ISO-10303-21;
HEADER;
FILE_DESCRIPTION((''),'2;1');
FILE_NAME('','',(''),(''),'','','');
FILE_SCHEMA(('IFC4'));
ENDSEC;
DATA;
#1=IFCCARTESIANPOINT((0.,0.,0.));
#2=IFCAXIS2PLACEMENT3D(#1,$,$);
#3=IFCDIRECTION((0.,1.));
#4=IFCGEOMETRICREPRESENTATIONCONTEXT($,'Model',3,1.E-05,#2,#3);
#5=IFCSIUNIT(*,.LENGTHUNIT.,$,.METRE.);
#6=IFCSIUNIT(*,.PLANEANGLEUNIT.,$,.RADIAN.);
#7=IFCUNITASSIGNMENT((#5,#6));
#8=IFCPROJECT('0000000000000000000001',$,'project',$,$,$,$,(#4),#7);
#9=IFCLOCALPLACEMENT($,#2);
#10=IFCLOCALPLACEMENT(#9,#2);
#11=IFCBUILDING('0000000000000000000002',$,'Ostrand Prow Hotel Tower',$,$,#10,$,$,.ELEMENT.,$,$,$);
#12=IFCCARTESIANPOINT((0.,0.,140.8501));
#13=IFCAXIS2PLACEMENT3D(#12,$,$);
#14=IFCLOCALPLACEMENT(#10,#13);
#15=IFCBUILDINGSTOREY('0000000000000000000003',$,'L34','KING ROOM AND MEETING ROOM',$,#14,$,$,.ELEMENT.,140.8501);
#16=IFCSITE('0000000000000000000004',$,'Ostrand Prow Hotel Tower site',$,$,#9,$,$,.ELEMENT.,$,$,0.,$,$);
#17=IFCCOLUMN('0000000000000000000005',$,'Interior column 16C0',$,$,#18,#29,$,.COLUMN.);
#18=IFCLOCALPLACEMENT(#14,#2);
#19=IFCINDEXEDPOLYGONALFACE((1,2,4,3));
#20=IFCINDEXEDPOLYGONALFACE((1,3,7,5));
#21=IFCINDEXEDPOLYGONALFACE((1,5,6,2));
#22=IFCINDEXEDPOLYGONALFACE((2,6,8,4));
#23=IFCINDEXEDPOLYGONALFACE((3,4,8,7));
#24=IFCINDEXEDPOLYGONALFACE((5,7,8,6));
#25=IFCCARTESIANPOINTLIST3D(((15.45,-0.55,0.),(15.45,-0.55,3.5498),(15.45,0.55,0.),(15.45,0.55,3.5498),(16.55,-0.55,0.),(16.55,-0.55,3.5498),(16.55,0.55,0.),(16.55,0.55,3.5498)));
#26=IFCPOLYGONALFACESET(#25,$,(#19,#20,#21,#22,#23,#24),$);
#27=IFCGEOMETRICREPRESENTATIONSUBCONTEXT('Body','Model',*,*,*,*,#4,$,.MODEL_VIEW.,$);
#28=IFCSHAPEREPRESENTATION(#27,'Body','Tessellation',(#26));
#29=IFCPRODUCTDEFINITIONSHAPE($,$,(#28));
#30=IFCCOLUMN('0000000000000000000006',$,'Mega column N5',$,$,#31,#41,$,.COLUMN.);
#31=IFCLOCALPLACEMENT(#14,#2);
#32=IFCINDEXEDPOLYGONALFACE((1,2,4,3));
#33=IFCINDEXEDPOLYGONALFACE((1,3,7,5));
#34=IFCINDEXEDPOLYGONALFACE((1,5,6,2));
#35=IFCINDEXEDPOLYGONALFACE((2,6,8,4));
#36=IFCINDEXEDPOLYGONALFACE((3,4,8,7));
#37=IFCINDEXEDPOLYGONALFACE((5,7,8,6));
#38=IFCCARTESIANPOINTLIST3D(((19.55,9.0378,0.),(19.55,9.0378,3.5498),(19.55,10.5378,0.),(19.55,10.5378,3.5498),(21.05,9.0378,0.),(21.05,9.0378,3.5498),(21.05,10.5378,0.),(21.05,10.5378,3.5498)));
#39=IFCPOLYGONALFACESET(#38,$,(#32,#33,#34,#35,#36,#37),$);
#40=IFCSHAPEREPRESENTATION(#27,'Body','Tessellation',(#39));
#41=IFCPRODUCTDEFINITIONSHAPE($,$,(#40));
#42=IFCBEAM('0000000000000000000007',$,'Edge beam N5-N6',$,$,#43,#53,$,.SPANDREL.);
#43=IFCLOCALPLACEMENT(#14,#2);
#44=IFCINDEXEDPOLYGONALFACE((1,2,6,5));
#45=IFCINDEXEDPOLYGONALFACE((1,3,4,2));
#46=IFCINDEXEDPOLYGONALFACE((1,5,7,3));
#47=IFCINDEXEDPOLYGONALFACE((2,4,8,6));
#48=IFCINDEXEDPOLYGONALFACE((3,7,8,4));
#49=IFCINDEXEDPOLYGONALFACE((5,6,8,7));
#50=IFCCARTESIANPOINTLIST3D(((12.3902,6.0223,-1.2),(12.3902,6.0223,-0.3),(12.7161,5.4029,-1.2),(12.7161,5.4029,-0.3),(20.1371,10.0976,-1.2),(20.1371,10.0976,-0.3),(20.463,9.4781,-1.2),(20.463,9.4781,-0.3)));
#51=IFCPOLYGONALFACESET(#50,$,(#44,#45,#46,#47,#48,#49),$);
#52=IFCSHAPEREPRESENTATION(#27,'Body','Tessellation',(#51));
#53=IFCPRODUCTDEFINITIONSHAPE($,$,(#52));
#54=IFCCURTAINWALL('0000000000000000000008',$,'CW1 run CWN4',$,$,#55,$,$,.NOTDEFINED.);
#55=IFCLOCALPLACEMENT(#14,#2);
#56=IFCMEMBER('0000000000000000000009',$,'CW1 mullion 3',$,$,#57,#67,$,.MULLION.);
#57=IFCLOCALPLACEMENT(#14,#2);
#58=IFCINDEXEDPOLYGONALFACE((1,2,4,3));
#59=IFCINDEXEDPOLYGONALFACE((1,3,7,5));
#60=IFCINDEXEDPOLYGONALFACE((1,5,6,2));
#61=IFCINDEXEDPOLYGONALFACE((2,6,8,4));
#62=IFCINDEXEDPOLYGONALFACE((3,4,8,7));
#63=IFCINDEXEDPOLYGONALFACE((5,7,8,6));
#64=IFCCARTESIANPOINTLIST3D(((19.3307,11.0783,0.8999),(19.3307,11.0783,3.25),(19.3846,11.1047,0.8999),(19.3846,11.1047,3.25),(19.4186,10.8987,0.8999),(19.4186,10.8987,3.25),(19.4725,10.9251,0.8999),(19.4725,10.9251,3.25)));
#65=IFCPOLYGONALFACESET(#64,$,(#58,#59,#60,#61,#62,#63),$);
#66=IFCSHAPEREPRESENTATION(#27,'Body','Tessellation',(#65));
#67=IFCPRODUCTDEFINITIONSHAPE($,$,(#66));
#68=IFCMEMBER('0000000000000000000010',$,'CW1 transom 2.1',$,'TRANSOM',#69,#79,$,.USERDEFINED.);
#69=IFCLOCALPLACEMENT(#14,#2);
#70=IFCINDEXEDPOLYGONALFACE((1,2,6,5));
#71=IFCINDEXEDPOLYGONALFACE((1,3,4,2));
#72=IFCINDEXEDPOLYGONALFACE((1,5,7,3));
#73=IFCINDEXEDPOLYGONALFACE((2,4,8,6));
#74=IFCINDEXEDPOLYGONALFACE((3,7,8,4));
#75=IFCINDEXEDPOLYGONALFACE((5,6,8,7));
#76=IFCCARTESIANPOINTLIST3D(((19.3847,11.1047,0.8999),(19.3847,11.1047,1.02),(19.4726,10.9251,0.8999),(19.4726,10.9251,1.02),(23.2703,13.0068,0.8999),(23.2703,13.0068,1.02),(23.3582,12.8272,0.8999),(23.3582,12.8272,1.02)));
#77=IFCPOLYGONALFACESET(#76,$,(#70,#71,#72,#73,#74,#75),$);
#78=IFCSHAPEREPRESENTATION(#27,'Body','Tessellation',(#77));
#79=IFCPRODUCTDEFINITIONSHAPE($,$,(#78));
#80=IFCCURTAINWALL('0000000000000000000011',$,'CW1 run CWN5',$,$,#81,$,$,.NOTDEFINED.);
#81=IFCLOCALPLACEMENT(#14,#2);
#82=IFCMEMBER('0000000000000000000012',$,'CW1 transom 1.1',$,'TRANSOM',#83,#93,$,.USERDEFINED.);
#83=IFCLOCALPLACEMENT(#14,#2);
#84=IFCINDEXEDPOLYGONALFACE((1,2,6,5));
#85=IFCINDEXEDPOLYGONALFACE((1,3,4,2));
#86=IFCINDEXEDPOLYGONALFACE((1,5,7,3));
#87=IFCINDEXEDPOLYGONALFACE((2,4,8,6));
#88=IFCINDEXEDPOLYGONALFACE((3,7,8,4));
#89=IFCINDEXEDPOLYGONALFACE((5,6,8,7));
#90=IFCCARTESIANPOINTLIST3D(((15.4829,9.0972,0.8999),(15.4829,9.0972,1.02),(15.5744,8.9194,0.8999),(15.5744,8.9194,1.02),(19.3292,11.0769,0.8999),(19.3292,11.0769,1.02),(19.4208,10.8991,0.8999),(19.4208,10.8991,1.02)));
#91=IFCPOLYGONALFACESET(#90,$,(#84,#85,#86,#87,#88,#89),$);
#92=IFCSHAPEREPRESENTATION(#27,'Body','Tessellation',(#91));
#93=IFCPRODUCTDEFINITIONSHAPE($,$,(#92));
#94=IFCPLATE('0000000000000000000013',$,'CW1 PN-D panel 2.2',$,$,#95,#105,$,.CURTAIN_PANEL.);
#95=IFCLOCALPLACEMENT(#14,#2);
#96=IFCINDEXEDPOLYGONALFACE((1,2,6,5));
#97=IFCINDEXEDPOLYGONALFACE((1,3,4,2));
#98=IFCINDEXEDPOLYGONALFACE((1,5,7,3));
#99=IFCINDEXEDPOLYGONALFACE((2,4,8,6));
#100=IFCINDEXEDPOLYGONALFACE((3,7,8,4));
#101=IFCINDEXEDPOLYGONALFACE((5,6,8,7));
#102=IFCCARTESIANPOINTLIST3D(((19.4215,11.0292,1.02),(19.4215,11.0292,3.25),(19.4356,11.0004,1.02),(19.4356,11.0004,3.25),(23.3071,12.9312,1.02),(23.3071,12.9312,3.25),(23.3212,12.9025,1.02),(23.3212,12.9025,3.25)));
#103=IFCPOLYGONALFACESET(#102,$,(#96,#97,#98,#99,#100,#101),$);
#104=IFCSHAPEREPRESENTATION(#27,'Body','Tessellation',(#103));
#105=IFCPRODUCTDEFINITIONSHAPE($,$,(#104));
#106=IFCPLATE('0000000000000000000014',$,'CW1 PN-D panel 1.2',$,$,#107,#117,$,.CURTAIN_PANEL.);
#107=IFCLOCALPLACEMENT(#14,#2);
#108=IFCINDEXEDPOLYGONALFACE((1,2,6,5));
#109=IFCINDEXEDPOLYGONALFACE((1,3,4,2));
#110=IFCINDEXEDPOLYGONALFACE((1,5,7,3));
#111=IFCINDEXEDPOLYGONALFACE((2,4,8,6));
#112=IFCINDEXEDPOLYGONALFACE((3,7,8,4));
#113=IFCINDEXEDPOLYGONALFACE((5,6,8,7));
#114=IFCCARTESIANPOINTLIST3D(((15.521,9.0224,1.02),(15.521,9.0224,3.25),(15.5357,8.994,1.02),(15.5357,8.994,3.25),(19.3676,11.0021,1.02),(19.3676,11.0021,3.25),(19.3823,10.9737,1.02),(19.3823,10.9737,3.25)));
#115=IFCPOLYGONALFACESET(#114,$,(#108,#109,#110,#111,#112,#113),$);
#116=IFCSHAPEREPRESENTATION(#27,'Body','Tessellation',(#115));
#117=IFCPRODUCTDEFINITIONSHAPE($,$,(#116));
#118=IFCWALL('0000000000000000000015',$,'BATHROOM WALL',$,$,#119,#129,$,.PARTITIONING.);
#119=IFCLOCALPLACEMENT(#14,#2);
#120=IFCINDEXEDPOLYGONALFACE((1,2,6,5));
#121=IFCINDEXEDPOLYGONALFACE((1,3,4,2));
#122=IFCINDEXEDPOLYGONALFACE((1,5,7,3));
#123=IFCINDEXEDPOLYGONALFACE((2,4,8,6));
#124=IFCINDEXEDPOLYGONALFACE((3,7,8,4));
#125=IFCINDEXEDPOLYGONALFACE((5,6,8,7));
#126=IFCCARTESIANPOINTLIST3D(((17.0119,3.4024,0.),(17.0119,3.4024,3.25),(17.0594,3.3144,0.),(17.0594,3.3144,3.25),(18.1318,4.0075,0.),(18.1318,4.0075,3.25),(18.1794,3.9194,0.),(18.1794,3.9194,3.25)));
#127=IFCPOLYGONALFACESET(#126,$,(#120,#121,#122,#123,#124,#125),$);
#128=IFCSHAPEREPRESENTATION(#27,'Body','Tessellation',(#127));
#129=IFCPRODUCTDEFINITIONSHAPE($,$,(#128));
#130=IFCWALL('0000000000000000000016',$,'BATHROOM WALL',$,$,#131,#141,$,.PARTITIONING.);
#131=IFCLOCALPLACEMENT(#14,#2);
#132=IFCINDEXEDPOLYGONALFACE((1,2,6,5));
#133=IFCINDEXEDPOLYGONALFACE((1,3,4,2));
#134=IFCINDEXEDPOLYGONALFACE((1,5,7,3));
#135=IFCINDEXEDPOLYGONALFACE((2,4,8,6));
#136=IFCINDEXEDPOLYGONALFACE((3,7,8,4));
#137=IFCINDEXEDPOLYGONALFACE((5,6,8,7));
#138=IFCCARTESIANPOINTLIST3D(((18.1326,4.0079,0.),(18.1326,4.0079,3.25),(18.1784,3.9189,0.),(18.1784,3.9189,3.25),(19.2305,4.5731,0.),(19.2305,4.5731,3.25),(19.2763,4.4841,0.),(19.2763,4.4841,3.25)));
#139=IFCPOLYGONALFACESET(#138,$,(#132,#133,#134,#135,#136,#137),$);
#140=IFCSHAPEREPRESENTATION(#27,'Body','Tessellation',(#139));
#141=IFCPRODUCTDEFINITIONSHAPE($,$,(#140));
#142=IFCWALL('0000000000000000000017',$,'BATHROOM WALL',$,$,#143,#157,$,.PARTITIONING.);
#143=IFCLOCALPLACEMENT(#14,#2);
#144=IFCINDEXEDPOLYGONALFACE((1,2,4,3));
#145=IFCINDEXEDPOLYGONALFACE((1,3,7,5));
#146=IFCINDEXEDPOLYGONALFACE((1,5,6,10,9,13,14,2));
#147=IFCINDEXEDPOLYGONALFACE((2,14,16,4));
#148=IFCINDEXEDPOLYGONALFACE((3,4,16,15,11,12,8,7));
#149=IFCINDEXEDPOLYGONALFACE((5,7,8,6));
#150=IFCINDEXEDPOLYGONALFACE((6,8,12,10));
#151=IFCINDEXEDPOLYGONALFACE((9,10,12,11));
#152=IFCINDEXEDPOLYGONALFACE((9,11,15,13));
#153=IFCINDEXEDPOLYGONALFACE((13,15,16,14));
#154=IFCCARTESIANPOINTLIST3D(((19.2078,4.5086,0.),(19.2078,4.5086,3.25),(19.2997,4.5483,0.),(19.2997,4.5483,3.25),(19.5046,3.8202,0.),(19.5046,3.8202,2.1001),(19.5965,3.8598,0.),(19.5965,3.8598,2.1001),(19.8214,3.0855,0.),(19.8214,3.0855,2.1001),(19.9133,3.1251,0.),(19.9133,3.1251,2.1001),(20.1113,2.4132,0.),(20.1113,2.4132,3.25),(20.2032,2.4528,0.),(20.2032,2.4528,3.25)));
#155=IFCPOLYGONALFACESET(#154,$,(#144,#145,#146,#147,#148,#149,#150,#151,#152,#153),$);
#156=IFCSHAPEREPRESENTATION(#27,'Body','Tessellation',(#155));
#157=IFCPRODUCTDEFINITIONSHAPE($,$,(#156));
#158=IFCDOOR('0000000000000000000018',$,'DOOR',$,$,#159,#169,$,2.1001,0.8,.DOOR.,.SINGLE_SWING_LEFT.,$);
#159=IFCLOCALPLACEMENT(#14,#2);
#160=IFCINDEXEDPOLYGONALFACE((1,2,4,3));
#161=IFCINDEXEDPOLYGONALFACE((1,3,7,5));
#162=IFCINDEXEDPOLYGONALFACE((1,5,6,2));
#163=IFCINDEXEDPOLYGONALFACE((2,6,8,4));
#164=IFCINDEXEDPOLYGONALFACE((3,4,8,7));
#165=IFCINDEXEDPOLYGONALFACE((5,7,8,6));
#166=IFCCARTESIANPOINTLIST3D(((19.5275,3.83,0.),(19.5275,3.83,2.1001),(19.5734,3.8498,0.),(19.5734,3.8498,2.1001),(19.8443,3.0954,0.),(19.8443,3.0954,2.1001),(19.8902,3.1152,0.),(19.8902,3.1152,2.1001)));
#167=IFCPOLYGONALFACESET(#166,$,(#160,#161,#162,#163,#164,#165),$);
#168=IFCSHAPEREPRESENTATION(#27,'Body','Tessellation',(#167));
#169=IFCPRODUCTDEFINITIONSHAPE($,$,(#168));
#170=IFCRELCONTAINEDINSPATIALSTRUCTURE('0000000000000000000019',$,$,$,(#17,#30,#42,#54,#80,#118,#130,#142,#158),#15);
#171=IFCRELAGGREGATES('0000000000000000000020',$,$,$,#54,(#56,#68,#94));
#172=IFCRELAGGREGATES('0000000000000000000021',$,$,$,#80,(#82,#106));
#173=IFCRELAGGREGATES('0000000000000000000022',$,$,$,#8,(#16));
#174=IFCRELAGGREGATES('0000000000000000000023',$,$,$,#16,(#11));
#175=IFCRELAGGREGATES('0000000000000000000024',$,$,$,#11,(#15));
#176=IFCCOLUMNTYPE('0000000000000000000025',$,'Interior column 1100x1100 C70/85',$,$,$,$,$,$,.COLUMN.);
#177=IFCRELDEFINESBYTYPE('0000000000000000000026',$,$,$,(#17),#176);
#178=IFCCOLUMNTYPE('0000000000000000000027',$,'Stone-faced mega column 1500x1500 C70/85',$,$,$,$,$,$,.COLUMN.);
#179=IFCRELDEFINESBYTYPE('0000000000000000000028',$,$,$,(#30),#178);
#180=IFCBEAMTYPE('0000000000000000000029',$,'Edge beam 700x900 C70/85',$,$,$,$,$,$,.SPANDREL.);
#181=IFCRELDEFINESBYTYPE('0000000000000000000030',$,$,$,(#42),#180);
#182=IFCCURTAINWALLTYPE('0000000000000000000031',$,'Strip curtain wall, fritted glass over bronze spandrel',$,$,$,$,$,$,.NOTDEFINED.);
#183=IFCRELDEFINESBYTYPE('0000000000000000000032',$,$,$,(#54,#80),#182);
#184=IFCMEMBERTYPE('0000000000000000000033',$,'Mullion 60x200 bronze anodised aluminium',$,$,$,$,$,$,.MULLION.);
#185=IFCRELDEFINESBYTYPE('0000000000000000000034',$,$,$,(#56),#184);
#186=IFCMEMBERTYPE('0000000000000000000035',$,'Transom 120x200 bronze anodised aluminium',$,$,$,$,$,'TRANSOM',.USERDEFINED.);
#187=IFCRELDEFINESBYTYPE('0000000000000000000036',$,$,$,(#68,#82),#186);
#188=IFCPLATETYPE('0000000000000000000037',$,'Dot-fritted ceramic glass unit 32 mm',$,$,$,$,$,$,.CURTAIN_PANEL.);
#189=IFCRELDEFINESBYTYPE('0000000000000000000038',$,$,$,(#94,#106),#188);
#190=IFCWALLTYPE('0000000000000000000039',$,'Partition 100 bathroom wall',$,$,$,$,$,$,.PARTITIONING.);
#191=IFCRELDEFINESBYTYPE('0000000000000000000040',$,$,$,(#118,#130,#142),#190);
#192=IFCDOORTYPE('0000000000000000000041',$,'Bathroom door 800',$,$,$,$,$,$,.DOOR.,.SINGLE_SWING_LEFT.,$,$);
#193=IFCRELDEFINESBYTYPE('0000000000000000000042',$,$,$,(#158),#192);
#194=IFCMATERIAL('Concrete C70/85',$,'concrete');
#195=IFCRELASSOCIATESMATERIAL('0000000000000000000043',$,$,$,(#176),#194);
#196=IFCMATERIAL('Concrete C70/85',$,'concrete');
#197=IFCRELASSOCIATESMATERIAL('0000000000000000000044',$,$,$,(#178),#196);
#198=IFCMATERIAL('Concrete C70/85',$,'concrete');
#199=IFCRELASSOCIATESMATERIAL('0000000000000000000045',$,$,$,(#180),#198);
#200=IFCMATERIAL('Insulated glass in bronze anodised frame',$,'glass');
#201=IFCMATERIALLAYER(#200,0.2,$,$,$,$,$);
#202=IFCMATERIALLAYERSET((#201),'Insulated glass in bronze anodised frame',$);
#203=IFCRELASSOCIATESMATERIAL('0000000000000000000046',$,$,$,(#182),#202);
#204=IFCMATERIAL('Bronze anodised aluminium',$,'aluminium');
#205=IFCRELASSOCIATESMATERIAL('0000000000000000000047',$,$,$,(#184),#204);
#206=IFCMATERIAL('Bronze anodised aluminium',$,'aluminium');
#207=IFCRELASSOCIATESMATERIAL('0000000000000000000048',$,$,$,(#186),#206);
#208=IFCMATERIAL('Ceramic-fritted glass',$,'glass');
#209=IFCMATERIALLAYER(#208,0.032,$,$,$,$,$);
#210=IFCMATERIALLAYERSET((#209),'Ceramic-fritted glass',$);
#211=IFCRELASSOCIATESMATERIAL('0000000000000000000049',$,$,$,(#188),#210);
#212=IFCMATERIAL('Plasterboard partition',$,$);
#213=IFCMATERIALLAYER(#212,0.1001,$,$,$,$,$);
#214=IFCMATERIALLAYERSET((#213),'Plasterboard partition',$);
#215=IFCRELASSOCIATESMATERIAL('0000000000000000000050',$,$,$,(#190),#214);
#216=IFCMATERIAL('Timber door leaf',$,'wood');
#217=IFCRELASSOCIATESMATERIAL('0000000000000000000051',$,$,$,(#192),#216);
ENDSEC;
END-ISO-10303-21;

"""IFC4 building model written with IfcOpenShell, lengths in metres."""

from ifc_helpers import new_model, si_unit, direction, frame, frame_2d, origin, origin_2d, place, context, subcontext, project, spatial, rectangle, extrude, material, layer, layer_set, material_profile, profile_set, type_object, element, fill, aggregate, save


model = new_model("IFC4")

# Units and contexts
model_context = context("Model", 3, precision=1e-05, world=origin(), true_north=direction((0.0, 1.0)))
body_context = subcontext(model_context, "Body", "Model", "MODEL_VIEW")
ifc_project = project(units=[si_unit("LENGTHUNIT", "METRE"), si_unit("PLANEANGLEUNIT", "RADIAN")], contexts=[model_context])

# Site, building, storey
site_placement = place(None, origin())
site = spatial("IfcSite", under=ifc_project, at=site_placement, Name="Ostrand Prow Hotel Tower site", CompositionType="ELEMENT", RefElevation=0.0)
building_placement = place(site_placement, origin())
building = spatial("IfcBuilding", under=site, at=building_placement, Name="Ostrand Prow Hotel Tower", CompositionType="ELEMENT")
storey_placement = place(building_placement, frame((0.0, 0.0, 140.8501)))
storey = spatial("IfcBuildingStorey", under=building, at=storey_placement, Name="L34", Description="KING ROOM AND MEETING ROOM", CompositionType="ELEMENT", Elevation=140.8501)

# Columns
ifc_material_1 = material(Name="Concrete C70/85", Category="concrete")
ifc_material_profile_1 = material_profile(ifc_material_1, rectangle(XDim=1.1001, YDim=1.1001, at=origin_2d()), Name="RC 1100x1100")
ifc_profile_set_1 = profile_set([ifc_material_profile_1], Name="Concrete C70/85")
column_type_1 = type_object("IfcColumnType", Name="Interior column 1100x1100 C70/85", PredefinedType="COLUMN", material=ifc_profile_set_1)
column_1_placement = place(storey_placement, frame((16.0, 0.0, 0.0), z_axis=(0.0, 0.0, 1.0), x_axis=(1.0, 0.0, 0.0)))
element("IfcColumn", 1, at=column_1_placement, inside=storey, type_object=column_type_1, Name="Interior column 16C0", PredefinedType="COLUMN", context=body_context, shape_type="SweptSolid", body=[
    extrude(rectangle(XDim=1.1001, YDim=1.1001, at=origin_2d()), origin(), (0.0, 0.0, 1.0), 3.5498),
])
ifc_material_2 = material(Name="Concrete C70/85", Category="concrete")
ifc_material_profile_2 = material_profile(ifc_material_2, rectangle(XDim=1.5, YDim=1.5, at=origin_2d()), Name="RC 1500x1500")
ifc_profile_set_2 = profile_set([ifc_material_profile_2], Name="Concrete C70/85")
column_type_2 = type_object("IfcColumnType", Name="Stone-faced mega column 1500x1500 C70/85", PredefinedType="COLUMN", material=ifc_profile_set_2)
column_2_placement = place(storey_placement, frame((20.3, 9.7878, 0.0), z_axis=(0.0, 0.0, 1.0), x_axis=(1.0, 0.0, 0.0)))
element("IfcColumn", 2, at=column_2_placement, inside=storey, type_object=column_type_2, Name="Mega column N5", PredefinedType="COLUMN", context=body_context, shape_type="SweptSolid", body=[
    extrude(rectangle(XDim=1.5, YDim=1.5, at=origin_2d()), origin(), (0.0, 0.0, 1.0), 3.5498),
])

# Beam
ifc_material_3 = material(Name="Concrete C70/85", Category="concrete")
ifc_material_profile_3 = material_profile(ifc_material_3, rectangle(XDim=0.7, YDim=0.8999, at=origin_2d()), Name="RC 700x900")
ifc_profile_set_3 = profile_set([ifc_material_profile_3], Name="Concrete C70/85")
beam_type = type_object("IfcBeamType", Name="Edge beam 700x900 C70/85", PredefinedType="SPANDREL", material=ifc_profile_set_3)
beam_placement = place(storey_placement, frame((20.3, 9.7878, -0.75), z_axis=(-0.885016, -0.46556, 0.0), x_axis=(0.46556, -0.885016, 0.0)))
element("IfcBeam", 3, at=beam_placement, inside=storey, type_object=beam_type, Name="Edge beam N5-N6", PredefinedType="SPANDREL", context=body_context, shape_type="SweptSolid", body=[
    extrude(rectangle(XDim=0.7, YDim=0.8999, at=origin_2d()), origin(), (0.0, 0.0, 1.0), 8.7534),
])

# Curtain wall, members
ifc_material_4 = material(Name="Insulated glass in bronze anodised frame", Category="glass")
ifc_layer_1 = layer(ifc_material_4, 0.2)
ifc_layer_set_1 = layer_set([ifc_layer_1], Name="Insulated glass in bronze anodised frame")
curtain_wall_type = type_object("IfcCurtainWallType", Name="Strip curtain wall, fritted glass over bronze spandrel", PredefinedType="NOTDEFINED", material=ifc_layer_set_1)
curtain_wall_1_placement = place(storey_placement, origin())
curtain_wall_1 = element("IfcCurtainWall", 4, at=curtain_wall_1_placement, inside=storey, type_object=curtain_wall_type, Name="CW1 run CWN4", PredefinedType="NOTDEFINED")
ifc_material_5 = material(Name="Bronze anodised aluminium", Category="aluminium")
ifc_material_profile_4 = material_profile(ifc_material_5, rectangle(XDim=0.2, YDim=0.0601, at=origin_2d()), Name="Mullion 60x200 bronze anodised aluminium")
ifc_profile_set_4 = profile_set([ifc_material_profile_4], Name="Bronze anodised aluminium")
member_type_1 = type_object("IfcMemberType", Name="Mullion 60x200 bronze anodised aluminium", PredefinedType="MULLION", material=ifc_profile_set_4)
member_1_placement = place(storey_placement, frame((19.4016, 11.0017, 0.8999), z_axis=(0.0, 0.0, 1.0), x_axis=(0.439659, -0.898165, 0.0)))
member_1 = element("IfcMember", 5, at=member_1_placement, type_object=member_type_1, Name="CW1 mullion 3", PredefinedType="MULLION", context=body_context, shape_type="SweptSolid", body=[
    extrude(rectangle(XDim=0.2, YDim=0.0601, at=origin_2d()), origin(), (0.0, 0.0, 1.0), 2.3501),
])
ifc_material_6 = material(Name="Bronze anodised aluminium", Category="aluminium")
ifc_material_profile_5 = material_profile(ifc_material_6, rectangle(XDim=0.2, YDim=0.1201, at=origin_2d()), Name="Transom 120x200 bronze anodised aluminium")
ifc_profile_set_5 = profile_set([ifc_material_profile_5], Name="Bronze anodised aluminium")
member_type_2 = type_object("IfcMemberType", Name="Transom 120x200 bronze anodised aluminium", ElementType="TRANSOM", PredefinedType="USERDEFINED", material=ifc_profile_set_5)
member_2_placement = place(storey_placement, frame((23.3142, 12.917, 0.96), z_axis=(-0.898154, -0.439681, 0.0), x_axis=(0.439681, -0.898154, 0.0)))
member_2 = element("IfcMember", 6, at=member_2_placement, type_object=member_type_2, Name="CW1 transom 2.1", ObjectType="TRANSOM", PredefinedType="USERDEFINED", context=body_context, shape_type="SweptSolid", body=[
    extrude(rectangle(XDim=0.2, YDim=0.1201, at=origin_2d()), origin(), (0.0, 0.0, 1.0), 4.3262),
])

# Curtain wall, member
curtain_wall_2_placement = place(storey_placement, origin())
curtain_wall_2 = element("IfcCurtainWall", 7, at=curtain_wall_2_placement, inside=storey, type_object=curtain_wall_type, Name="CW1 run CWN5", PredefinedType="NOTDEFINED")
member_3_placement = place(storey_placement, frame((19.375, 10.988, 0.96), z_axis=(-0.88914, -0.457635, 0.0), x_axis=(0.457635, -0.88914, 0.0)))
member_3 = element("IfcMember", 8, at=member_3_placement, type_object=member_type_2, Name="CW1 transom 1.1", ObjectType="TRANSOM", PredefinedType="USERDEFINED", context=body_context, shape_type="SweptSolid", body=[
    extrude(rectangle(XDim=0.2, YDim=0.1201, at=origin_2d()), origin(), (0.0, 0.0, 1.0), 4.3259),
])

# Plates
ifc_material_7 = material(Name="Ceramic-fritted glass", Category="glass")
ifc_layer_2 = layer(ifc_material_7, 0.032)
ifc_layer_set_2 = layer_set([ifc_layer_2], Name="Ceramic-fritted glass")
plate_type = type_object("IfcPlateType", Name="Dot-fritted ceramic glass unit 32 mm", PredefinedType="CURTAIN_PANEL", material=ifc_layer_set_2)
plate_1_placement = place(storey_placement, frame((21.3713, 11.9658, 1.02), z_axis=(0.0, 0.0, 1.0), x_axis=(-0.898165, -0.439659, 0.0)))
plate_1 = element("IfcPlate", 9, at=plate_1_placement, type_object=plate_type, Name="CW1 PN-D panel 2.2", PredefinedType="CURTAIN_PANEL", context=body_context, shape_type="SweptSolid", body=[
    extrude(rectangle(XDim=4.3262, YDim=0.032, at=origin_2d()), origin(), (0.0, 0.0, 1.0), 2.23),
])
aggregate(curtain_wall_1, [member_1, member_2, plate_1])
plate_2_placement = place(storey_placement, frame((17.4517, 9.998, 1.02), z_axis=(0.0, 0.0, 1.0), x_axis=(-0.889148, -0.457619, 0.0)))
plate_2 = element("IfcPlate", 10, at=plate_2_placement, type_object=plate_type, Name="CW1 PN-D panel 1.2", PredefinedType="CURTAIN_PANEL", context=body_context, shape_type="SweptSolid", body=[
    extrude(rectangle(XDim=4.3262, YDim=0.032, at=origin_2d()), origin(), (0.0, 0.0, 1.0), 2.23),
])
aggregate(curtain_wall_2, [member_3, plate_2])

# Walls
ifc_material_8 = material(Name="Plasterboard partition")
ifc_layer_3 = layer(ifc_material_8, 0.1001)
ifc_layer_set_3 = layer_set([ifc_layer_3], Name="Plasterboard partition")
wall_type_1 = type_object("IfcWallType", Name="Partition 100 bathroom wall", PredefinedType="PARTITIONING", material=ifc_layer_set_3)
wall_1_placement = place(storey_placement, frame((17.0356, 3.3584, 0.0), z_axis=(0.0, 0.0, 1.0), x_axis=(0.879824, 0.4753, 0.0)))
element("IfcWall", 11, at=wall_1_placement, inside=storey, type_object=wall_type_1, Name="BATHROOM WALL", PredefinedType="PARTITIONING", context=body_context, shape_type="SweptSolid", body=[
    extrude(rectangle(XDim=1.2729, YDim=0.1001, at=frame_2d((0.6365, 0.0))), origin(), (0.0, 0.0, 1.0), 3.25),
])
wall_2_placement = place(storey_placement, frame((18.1555, 3.9634, 0.0), z_axis=(0.0, 0.0, 1.0), x_axis=(0.889106, 0.457701, 0.0)))
element("IfcWall", 12, at=wall_2_placement, inside=storey, type_object=wall_type_1, Name="BATHROOM WALL", PredefinedType="PARTITIONING", context=body_context, shape_type="SweptSolid", body=[
    extrude(rectangle(XDim=1.2349, YDim=0.1001, at=frame_2d((0.6174, 0.0))), origin(), (0.0, 0.0, 1.0), 3.25),
])

# Wall, opening, door
wall_3_placement = place(storey_placement, frame((19.2537, 4.5286, 0.0), z_axis=(0.0, 0.0, 1.0), x_axis=(0.395958, -0.918268, 0.0)))
wall_3 = element("IfcWall", 13, at=wall_3_placement, inside=storey, type_object=wall_type_1, Name="BATHROOM WALL", PredefinedType="PARTITIONING", context=body_context, shape_type="SweptSolid", body=[
    extrude(rectangle(XDim=2.282, YDim=0.1001, at=frame_2d((1.1411, 0.0))), origin(), (0.0, 0.0, 1.0), 3.25),
])
opening_1_placement = place(wall_3_placement, frame((0.75, 0.0, 0.0)))
opening_1 = element("IfcOpeningElement", 14, at=opening_1_placement, cuts=wall_3, PredefinedType="OPENING", context=body_context, shape_type="SweptSolid", body=[
    extrude(rectangle(XDim=0.8, YDim=2.1001, at=frame_2d((0.3999, 1.05))), frame((0.0, 0.0601, 0.0), z_axis=(0.0, -1.0, 0.0), x_axis=(1.0, 0.0, 0.0)), (0.0, 0.0, 1.0), 0.1201),
])
ifc_material_9 = material(Name="Timber door leaf", Category="wood")
door_type_1 = type_object("IfcDoorType", Name="Bathroom door 800", OperationType="SINGLE_SWING_LEFT", PredefinedType="DOOR", material=ifc_material_9)
door_1_placement = place(opening_1_placement, origin())
door_1 = element("IfcDoor", 15, at=door_1_placement, inside=storey, type_object=door_type_1, Name="DOOR", OperationType="SINGLE_SWING_LEFT", OverallHeight=2.1001, OverallWidth=0.8, PredefinedType="DOOR", context=body_context, shape_type="SweptSolid", body=[
    extrude(rectangle(XDim=0.8, YDim=2.1001, at=frame_2d((0.3999, 1.05))), frame((0.0, 0.0249, 0.0), z_axis=(0.0, -1.0, 0.0), x_axis=(1.0, 0.0, 0.0)), (0.0, 0.0, 1.0), 0.05),
])
fill(opening_1, door_1)

save(model, "model.ifc")
